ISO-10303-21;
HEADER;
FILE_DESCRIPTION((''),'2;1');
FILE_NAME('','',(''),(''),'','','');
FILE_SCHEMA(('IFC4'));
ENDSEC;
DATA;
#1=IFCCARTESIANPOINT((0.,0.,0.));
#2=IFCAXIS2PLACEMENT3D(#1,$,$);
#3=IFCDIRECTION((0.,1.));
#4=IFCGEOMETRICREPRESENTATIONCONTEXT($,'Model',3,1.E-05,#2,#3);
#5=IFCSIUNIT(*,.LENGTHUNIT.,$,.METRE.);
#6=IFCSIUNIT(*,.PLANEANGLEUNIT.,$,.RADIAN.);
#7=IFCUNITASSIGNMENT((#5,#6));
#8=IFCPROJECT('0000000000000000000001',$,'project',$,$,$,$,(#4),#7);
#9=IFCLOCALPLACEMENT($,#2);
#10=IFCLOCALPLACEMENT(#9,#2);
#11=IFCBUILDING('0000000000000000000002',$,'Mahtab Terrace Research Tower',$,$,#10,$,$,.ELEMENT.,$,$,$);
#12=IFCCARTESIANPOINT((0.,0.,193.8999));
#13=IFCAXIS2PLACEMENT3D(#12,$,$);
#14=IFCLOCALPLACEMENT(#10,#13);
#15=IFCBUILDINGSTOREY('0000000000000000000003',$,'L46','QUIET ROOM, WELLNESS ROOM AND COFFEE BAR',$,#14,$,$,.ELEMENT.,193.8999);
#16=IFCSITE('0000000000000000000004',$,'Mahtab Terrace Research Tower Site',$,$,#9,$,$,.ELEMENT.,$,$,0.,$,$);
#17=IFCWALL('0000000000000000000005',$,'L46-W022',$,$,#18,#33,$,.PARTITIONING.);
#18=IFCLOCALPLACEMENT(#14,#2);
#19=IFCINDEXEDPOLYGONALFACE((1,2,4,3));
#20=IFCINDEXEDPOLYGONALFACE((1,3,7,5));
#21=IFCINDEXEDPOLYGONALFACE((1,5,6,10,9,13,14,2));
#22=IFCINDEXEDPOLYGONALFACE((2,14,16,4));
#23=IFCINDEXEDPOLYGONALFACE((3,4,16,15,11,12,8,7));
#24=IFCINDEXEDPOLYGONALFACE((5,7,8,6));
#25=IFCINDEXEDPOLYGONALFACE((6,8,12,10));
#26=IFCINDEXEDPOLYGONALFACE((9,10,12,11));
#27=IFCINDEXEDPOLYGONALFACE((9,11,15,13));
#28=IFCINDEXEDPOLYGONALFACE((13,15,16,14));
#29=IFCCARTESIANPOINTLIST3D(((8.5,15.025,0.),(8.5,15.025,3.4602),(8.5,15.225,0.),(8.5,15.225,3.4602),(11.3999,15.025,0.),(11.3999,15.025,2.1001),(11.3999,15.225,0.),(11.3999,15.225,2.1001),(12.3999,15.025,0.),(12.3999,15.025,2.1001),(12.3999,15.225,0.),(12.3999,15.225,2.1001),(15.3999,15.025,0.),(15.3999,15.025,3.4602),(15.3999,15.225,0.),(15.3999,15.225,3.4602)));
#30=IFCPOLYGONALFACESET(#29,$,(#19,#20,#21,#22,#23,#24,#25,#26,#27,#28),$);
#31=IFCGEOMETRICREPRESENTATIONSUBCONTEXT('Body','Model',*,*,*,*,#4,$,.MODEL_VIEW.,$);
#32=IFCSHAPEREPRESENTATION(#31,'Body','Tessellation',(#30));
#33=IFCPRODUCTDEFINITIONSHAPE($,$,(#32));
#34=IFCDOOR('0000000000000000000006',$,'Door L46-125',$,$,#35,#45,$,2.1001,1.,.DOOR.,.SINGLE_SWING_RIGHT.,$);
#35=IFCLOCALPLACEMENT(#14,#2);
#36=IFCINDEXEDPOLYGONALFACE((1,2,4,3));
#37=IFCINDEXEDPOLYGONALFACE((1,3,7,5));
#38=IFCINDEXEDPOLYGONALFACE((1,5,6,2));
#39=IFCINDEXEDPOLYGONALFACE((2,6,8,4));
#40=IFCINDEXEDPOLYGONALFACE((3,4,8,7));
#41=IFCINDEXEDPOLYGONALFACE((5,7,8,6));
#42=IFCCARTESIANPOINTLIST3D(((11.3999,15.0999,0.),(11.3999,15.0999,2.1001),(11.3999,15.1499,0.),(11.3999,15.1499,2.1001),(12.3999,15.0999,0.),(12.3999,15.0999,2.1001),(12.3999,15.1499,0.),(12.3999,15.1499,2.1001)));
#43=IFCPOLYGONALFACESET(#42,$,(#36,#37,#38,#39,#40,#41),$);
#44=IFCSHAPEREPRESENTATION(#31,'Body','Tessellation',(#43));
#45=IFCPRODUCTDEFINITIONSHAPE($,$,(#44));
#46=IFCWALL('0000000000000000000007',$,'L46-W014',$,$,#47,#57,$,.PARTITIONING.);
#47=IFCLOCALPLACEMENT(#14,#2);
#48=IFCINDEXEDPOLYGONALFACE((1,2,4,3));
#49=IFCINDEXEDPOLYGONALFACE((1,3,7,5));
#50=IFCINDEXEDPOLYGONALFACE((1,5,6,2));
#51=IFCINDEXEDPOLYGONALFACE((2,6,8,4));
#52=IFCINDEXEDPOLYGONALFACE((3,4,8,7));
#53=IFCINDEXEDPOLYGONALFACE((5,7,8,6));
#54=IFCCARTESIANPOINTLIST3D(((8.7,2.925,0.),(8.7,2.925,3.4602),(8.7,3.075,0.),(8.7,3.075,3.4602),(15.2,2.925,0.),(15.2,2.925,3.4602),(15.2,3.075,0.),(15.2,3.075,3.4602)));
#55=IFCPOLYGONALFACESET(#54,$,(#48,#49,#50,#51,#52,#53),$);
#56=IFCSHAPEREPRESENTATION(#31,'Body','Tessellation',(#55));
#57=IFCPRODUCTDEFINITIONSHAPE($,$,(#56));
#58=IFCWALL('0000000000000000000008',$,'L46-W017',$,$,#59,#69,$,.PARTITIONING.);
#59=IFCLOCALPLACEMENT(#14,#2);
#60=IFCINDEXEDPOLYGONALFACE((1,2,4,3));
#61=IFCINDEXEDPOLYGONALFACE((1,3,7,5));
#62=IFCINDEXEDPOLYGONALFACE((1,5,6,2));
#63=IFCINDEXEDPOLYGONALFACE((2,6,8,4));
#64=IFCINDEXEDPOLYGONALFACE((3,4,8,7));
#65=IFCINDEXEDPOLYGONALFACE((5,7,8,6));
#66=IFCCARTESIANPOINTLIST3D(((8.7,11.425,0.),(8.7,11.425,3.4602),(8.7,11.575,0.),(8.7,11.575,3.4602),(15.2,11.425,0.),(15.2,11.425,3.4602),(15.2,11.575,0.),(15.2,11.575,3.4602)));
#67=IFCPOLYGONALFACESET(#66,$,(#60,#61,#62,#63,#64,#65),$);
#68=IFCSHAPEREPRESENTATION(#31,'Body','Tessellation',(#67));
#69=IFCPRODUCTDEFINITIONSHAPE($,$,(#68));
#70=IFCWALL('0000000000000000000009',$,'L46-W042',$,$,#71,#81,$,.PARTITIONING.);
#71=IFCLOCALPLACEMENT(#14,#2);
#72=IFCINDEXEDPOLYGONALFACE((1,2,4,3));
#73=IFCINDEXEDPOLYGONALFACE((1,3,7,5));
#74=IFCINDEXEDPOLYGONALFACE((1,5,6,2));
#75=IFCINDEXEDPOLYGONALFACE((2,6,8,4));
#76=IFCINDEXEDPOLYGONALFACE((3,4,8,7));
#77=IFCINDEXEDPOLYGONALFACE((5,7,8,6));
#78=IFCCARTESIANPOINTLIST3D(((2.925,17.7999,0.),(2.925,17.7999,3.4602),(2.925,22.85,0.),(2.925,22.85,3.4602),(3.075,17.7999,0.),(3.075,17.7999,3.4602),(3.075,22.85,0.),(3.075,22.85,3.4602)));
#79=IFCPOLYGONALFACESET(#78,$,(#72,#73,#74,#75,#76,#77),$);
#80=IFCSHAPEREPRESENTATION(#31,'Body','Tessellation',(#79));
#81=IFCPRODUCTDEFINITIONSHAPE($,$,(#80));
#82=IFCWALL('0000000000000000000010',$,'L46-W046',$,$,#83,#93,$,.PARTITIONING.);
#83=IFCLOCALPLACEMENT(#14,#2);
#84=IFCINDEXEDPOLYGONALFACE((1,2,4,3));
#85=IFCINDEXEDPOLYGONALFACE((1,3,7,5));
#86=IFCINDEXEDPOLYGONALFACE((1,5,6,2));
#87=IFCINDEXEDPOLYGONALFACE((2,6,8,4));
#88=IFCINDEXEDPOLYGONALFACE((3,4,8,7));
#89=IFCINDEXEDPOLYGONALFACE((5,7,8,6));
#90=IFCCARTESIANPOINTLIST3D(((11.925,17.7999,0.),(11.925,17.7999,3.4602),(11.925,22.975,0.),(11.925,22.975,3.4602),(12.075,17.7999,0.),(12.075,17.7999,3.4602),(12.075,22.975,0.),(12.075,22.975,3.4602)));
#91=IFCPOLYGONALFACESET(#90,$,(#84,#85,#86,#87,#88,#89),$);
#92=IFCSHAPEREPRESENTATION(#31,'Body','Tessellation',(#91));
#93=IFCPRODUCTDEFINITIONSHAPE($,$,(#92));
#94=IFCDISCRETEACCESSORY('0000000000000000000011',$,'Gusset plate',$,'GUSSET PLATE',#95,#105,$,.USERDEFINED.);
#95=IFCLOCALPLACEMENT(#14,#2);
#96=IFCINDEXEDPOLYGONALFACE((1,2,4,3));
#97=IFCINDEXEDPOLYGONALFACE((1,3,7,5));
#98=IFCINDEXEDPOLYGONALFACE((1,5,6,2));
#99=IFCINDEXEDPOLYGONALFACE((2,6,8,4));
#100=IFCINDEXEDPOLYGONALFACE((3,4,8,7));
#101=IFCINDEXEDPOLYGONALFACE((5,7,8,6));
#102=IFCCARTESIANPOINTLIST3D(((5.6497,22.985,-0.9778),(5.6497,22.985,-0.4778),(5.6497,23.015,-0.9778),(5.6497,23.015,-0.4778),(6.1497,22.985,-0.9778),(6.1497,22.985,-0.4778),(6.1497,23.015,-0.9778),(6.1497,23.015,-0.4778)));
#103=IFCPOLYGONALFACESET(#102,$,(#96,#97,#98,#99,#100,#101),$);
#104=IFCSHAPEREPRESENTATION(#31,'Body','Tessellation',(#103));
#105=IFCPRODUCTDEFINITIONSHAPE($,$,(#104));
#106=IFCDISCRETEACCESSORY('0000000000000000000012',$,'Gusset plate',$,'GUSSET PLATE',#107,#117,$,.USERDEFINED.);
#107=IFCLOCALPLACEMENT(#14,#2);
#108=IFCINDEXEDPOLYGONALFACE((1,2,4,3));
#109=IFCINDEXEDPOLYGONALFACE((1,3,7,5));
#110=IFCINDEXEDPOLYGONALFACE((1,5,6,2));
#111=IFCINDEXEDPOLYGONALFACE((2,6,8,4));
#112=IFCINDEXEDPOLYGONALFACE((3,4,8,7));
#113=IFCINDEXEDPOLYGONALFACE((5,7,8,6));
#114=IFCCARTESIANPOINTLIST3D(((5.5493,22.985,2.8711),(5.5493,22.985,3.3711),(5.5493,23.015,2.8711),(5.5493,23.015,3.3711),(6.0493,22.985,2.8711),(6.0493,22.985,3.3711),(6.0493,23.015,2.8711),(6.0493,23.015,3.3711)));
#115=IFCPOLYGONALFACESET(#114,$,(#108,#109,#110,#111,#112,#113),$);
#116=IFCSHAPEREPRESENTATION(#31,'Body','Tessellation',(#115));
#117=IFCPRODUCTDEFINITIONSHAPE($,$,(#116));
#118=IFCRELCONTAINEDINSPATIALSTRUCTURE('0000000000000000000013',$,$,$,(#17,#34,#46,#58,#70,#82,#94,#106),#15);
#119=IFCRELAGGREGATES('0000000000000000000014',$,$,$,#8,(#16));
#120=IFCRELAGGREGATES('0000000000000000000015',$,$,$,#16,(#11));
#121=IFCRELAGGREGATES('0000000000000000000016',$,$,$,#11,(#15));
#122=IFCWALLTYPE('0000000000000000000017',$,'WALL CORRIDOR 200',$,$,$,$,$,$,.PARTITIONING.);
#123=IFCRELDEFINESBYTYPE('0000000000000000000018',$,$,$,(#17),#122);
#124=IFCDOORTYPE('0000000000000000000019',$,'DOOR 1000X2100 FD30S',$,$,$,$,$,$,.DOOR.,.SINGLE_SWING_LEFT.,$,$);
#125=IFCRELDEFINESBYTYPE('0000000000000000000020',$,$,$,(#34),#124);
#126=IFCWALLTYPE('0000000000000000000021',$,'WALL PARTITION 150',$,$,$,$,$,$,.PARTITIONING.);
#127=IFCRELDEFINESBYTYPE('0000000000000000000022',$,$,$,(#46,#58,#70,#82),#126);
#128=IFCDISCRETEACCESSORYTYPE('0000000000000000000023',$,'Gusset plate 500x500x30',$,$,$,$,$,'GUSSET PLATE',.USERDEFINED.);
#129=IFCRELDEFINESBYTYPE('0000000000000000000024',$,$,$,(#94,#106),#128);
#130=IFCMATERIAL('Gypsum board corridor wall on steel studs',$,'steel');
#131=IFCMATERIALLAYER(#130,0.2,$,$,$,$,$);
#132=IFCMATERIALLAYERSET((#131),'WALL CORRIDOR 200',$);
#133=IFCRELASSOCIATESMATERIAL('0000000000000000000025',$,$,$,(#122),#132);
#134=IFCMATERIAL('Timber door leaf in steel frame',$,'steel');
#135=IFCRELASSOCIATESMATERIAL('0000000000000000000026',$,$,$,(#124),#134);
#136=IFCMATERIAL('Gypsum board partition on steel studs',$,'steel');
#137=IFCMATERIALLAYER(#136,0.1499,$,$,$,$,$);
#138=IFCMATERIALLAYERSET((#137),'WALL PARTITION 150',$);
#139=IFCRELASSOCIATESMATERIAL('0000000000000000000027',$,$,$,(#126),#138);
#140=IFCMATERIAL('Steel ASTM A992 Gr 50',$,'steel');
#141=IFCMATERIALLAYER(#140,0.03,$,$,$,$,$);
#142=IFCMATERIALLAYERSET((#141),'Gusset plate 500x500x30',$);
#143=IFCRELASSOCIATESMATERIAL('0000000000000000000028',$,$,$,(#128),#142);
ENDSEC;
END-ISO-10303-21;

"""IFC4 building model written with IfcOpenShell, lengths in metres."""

from ifc_helpers import new_model, si_unit, direction, frame, frame_2d, origin, origin_2d, place, context, subcontext, project, spatial, rectangle, extrude, material, layer, layer_set, type_object, element, fill, save


model = new_model("IFC4")

# Units and contexts
model_context = context("Model", 3, precision=1e-05, world=origin(), true_north=direction((0.0, 1.0)))
body_context = subcontext(model_context, "Body", "Model", "MODEL_VIEW")
ifc_project = project(units=[si_unit("LENGTHUNIT", "METRE"), si_unit("PLANEANGLEUNIT", "RADIAN")], contexts=[model_context])

# Site, building, storey
site_placement = place(None, origin())
site = spatial("IfcSite", under=ifc_project, at=site_placement, Name="Mahtab Terrace Research Tower Site", CompositionType="ELEMENT", RefElevation=0.0)
building_placement = place(site_placement, origin())
building = spatial("IfcBuilding", under=site, at=building_placement, Name="Mahtab Terrace Research Tower", CompositionType="ELEMENT")
storey_placement = place(building_placement, frame((0.0, 0.0, 193.8999)))
storey = spatial("IfcBuildingStorey", under=building, at=storey_placement, Name="L46", Description="QUIET ROOM, WELLNESS ROOM AND COFFEE BAR", CompositionType="ELEMENT", Elevation=193.8999)

# Shared definitions
ifc_material_1 = material(Name="Steel ASTM A992 Gr 50", Category="steel")

# Wall, opening, door
ifc_material_2 = material(Name="Gypsum board corridor wall on steel studs", Category="steel")
ifc_layer_1 = layer(ifc_material_2, 0.2)
ifc_layer_set_1 = layer_set([ifc_layer_1], Name="WALL CORRIDOR 200")
wall_type_1 = type_object("IfcWallType", Name="WALL CORRIDOR 200", PredefinedType="PARTITIONING", material=ifc_layer_set_1)
wall_1_placement = place(storey_placement, frame((8.5, 15.125, 0.0), z_axis=(0.0, 0.0, 1.0), x_axis=(1.0, 0.0, 0.0)))
wall_1 = element("IfcWall", 1, at=wall_1_placement, inside=storey, type_object=wall_type_1, Name="L46-W022", PredefinedType="PARTITIONING", context=body_context, shape_type="SweptSolid", body=[
    extrude(rectangle(XDim=6.8999, YDim=0.2, at=frame_2d((3.45, 0.0))), origin(), (0.0, 0.0, 1.0), 3.4602),
])
opening_1_placement = place(wall_1_placement, frame((2.8999, 0.0, 0.0)))
opening_1 = element("IfcOpeningElement", 2, at=opening_1_placement, cuts=wall_1, PredefinedType="OPENING", context=body_context, shape_type="SweptSolid", body=[
    extrude(rectangle(XDim=1.0, YDim=2.1001, at=frame_2d((0.5, 1.05))), frame((0.0, 0.1099, 0.0), z_axis=(0.0, -1.0, 0.0), x_axis=(1.0, 0.0, 0.0)), (0.0, 0.0, 1.0), 0.22),
])
ifc_material_3 = material(Name="Timber door leaf in steel frame", Category="steel")
door_type_1 = type_object("IfcDoorType", Name="DOOR 1000X2100 FD30S", OperationType="SINGLE_SWING_LEFT", PredefinedType="DOOR", material=ifc_material_3)
door_1_placement = place(opening_1_placement, origin())
door_1 = element("IfcDoor", 3, at=door_1_placement, inside=storey, type_object=door_type_1, Name="Door L46-125", OperationType="SINGLE_SWING_RIGHT", OverallHeight=2.1001, OverallWidth=1.0, PredefinedType="DOOR", context=body_context, shape_type="SweptSolid", body=[
    extrude(rectangle(XDim=1.0, YDim=2.1001, at=frame_2d((0.5, 1.05))), frame((0.0, 0.0249, 0.0), z_axis=(0.0, -1.0, 0.0), x_axis=(1.0, 0.0, 0.0)), (0.0, 0.0, 1.0), 0.05),
])
fill(opening_1, door_1)

# Walls
ifc_material_4 = material(Name="Gypsum board partition on steel studs", Category="steel")
ifc_layer_2 = layer(ifc_material_4, 0.1499)
ifc_layer_set_2 = layer_set([ifc_layer_2], Name="WALL PARTITION 150")
wall_type_2 = type_object("IfcWallType", Name="WALL PARTITION 150", PredefinedType="PARTITIONING", material=ifc_layer_set_2)
for number, where, z_axis, x_axis, name in (
    (4, (8.7, 3.0, 0.0), (0.0, 0.0, 1.0), (1.0, 0.0, 0.0), "L46-W014"),
    (5, (8.7, 11.5, 0.0), (0.0, 0.0, 1.0), (1.0, 0.0, 0.0), "L46-W017"),
):
    element("IfcWall", number, at=place(storey_placement, frame(where, z_axis=z_axis, x_axis=x_axis)), inside=storey, type_object=wall_type_2, Name=name, PredefinedType="PARTITIONING", context=body_context, shape_type="SweptSolid", body=[
        extrude(rectangle(XDim=6.5, YDim=0.1499, at=frame_2d((3.25, 0.0))), origin(), (0.0, 0.0, 1.0), 3.4602),
    ])
wall_2_placement = place(storey_placement, frame((3.0, 17.8, 0.0), z_axis=(0.0, 0.0, 1.0), x_axis=(0.0, 1.0, 0.0)))
element("IfcWall", 6, at=wall_2_placement, inside=storey, type_object=wall_type_2, Name="L46-W042", PredefinedType="PARTITIONING", context=body_context, shape_type="SweptSolid", body=[
    extrude(rectangle(XDim=5.05, YDim=0.1499, at=frame_2d((2.5249, 0.0))), origin(), (0.0, 0.0, 1.0), 3.4602),
])
wall_3_placement = place(storey_placement, frame((12.0, 17.8, 0.0), z_axis=(0.0, 0.0, 1.0), x_axis=(0.0, 1.0, 0.0)))
element("IfcWall", 7, at=wall_3_placement, inside=storey, type_object=wall_type_2, Name="L46-W046", PredefinedType="PARTITIONING", context=body_context, shape_type="SweptSolid", body=[
    extrude(rectangle(XDim=5.175, YDim=0.1499, at=frame_2d((2.5874, 0.0))), origin(), (0.0, 0.0, 1.0), 3.4602),
])

# Discrete accessories
ifc_layer_3 = layer(ifc_material_1, 0.03)
ifc_layer_set_3 = layer_set([ifc_layer_3], Name="Gusset plate 500x500x30")
discrete_accessory_type = type_object("IfcDiscreteAccessoryType", Name="Gusset plate 500x500x30", ElementType="GUSSET PLATE", PredefinedType="USERDEFINED", material=ifc_layer_set_3)
for number, where, z_axis, x_axis, name in (
    (8, (5.8997, 23.0, -0.9778), (0.0, 0.0, 1.0), (1.0, 0.0, 0.0), "Gusset plate"),
    (9, (5.7993, 23.0, 2.8711), (0.0, 0.0, 1.0), (1.0, 0.0, 0.0), "Gusset plate"),
):
    element("IfcDiscreteAccessory", number, at=place(storey_placement, frame(where, z_axis=z_axis, x_axis=x_axis)), inside=storey, type_object=discrete_accessory_type, Name=name, ObjectType="GUSSET PLATE", PredefinedType="USERDEFINED", context=body_context, shape_type="SweptSolid", body=[
        extrude(rectangle(XDim=0.5, YDim=0.03, at=origin_2d()), origin(), (0.0, 0.0, 1.0), 0.5),
    ])

save(model, "model.ifc")
